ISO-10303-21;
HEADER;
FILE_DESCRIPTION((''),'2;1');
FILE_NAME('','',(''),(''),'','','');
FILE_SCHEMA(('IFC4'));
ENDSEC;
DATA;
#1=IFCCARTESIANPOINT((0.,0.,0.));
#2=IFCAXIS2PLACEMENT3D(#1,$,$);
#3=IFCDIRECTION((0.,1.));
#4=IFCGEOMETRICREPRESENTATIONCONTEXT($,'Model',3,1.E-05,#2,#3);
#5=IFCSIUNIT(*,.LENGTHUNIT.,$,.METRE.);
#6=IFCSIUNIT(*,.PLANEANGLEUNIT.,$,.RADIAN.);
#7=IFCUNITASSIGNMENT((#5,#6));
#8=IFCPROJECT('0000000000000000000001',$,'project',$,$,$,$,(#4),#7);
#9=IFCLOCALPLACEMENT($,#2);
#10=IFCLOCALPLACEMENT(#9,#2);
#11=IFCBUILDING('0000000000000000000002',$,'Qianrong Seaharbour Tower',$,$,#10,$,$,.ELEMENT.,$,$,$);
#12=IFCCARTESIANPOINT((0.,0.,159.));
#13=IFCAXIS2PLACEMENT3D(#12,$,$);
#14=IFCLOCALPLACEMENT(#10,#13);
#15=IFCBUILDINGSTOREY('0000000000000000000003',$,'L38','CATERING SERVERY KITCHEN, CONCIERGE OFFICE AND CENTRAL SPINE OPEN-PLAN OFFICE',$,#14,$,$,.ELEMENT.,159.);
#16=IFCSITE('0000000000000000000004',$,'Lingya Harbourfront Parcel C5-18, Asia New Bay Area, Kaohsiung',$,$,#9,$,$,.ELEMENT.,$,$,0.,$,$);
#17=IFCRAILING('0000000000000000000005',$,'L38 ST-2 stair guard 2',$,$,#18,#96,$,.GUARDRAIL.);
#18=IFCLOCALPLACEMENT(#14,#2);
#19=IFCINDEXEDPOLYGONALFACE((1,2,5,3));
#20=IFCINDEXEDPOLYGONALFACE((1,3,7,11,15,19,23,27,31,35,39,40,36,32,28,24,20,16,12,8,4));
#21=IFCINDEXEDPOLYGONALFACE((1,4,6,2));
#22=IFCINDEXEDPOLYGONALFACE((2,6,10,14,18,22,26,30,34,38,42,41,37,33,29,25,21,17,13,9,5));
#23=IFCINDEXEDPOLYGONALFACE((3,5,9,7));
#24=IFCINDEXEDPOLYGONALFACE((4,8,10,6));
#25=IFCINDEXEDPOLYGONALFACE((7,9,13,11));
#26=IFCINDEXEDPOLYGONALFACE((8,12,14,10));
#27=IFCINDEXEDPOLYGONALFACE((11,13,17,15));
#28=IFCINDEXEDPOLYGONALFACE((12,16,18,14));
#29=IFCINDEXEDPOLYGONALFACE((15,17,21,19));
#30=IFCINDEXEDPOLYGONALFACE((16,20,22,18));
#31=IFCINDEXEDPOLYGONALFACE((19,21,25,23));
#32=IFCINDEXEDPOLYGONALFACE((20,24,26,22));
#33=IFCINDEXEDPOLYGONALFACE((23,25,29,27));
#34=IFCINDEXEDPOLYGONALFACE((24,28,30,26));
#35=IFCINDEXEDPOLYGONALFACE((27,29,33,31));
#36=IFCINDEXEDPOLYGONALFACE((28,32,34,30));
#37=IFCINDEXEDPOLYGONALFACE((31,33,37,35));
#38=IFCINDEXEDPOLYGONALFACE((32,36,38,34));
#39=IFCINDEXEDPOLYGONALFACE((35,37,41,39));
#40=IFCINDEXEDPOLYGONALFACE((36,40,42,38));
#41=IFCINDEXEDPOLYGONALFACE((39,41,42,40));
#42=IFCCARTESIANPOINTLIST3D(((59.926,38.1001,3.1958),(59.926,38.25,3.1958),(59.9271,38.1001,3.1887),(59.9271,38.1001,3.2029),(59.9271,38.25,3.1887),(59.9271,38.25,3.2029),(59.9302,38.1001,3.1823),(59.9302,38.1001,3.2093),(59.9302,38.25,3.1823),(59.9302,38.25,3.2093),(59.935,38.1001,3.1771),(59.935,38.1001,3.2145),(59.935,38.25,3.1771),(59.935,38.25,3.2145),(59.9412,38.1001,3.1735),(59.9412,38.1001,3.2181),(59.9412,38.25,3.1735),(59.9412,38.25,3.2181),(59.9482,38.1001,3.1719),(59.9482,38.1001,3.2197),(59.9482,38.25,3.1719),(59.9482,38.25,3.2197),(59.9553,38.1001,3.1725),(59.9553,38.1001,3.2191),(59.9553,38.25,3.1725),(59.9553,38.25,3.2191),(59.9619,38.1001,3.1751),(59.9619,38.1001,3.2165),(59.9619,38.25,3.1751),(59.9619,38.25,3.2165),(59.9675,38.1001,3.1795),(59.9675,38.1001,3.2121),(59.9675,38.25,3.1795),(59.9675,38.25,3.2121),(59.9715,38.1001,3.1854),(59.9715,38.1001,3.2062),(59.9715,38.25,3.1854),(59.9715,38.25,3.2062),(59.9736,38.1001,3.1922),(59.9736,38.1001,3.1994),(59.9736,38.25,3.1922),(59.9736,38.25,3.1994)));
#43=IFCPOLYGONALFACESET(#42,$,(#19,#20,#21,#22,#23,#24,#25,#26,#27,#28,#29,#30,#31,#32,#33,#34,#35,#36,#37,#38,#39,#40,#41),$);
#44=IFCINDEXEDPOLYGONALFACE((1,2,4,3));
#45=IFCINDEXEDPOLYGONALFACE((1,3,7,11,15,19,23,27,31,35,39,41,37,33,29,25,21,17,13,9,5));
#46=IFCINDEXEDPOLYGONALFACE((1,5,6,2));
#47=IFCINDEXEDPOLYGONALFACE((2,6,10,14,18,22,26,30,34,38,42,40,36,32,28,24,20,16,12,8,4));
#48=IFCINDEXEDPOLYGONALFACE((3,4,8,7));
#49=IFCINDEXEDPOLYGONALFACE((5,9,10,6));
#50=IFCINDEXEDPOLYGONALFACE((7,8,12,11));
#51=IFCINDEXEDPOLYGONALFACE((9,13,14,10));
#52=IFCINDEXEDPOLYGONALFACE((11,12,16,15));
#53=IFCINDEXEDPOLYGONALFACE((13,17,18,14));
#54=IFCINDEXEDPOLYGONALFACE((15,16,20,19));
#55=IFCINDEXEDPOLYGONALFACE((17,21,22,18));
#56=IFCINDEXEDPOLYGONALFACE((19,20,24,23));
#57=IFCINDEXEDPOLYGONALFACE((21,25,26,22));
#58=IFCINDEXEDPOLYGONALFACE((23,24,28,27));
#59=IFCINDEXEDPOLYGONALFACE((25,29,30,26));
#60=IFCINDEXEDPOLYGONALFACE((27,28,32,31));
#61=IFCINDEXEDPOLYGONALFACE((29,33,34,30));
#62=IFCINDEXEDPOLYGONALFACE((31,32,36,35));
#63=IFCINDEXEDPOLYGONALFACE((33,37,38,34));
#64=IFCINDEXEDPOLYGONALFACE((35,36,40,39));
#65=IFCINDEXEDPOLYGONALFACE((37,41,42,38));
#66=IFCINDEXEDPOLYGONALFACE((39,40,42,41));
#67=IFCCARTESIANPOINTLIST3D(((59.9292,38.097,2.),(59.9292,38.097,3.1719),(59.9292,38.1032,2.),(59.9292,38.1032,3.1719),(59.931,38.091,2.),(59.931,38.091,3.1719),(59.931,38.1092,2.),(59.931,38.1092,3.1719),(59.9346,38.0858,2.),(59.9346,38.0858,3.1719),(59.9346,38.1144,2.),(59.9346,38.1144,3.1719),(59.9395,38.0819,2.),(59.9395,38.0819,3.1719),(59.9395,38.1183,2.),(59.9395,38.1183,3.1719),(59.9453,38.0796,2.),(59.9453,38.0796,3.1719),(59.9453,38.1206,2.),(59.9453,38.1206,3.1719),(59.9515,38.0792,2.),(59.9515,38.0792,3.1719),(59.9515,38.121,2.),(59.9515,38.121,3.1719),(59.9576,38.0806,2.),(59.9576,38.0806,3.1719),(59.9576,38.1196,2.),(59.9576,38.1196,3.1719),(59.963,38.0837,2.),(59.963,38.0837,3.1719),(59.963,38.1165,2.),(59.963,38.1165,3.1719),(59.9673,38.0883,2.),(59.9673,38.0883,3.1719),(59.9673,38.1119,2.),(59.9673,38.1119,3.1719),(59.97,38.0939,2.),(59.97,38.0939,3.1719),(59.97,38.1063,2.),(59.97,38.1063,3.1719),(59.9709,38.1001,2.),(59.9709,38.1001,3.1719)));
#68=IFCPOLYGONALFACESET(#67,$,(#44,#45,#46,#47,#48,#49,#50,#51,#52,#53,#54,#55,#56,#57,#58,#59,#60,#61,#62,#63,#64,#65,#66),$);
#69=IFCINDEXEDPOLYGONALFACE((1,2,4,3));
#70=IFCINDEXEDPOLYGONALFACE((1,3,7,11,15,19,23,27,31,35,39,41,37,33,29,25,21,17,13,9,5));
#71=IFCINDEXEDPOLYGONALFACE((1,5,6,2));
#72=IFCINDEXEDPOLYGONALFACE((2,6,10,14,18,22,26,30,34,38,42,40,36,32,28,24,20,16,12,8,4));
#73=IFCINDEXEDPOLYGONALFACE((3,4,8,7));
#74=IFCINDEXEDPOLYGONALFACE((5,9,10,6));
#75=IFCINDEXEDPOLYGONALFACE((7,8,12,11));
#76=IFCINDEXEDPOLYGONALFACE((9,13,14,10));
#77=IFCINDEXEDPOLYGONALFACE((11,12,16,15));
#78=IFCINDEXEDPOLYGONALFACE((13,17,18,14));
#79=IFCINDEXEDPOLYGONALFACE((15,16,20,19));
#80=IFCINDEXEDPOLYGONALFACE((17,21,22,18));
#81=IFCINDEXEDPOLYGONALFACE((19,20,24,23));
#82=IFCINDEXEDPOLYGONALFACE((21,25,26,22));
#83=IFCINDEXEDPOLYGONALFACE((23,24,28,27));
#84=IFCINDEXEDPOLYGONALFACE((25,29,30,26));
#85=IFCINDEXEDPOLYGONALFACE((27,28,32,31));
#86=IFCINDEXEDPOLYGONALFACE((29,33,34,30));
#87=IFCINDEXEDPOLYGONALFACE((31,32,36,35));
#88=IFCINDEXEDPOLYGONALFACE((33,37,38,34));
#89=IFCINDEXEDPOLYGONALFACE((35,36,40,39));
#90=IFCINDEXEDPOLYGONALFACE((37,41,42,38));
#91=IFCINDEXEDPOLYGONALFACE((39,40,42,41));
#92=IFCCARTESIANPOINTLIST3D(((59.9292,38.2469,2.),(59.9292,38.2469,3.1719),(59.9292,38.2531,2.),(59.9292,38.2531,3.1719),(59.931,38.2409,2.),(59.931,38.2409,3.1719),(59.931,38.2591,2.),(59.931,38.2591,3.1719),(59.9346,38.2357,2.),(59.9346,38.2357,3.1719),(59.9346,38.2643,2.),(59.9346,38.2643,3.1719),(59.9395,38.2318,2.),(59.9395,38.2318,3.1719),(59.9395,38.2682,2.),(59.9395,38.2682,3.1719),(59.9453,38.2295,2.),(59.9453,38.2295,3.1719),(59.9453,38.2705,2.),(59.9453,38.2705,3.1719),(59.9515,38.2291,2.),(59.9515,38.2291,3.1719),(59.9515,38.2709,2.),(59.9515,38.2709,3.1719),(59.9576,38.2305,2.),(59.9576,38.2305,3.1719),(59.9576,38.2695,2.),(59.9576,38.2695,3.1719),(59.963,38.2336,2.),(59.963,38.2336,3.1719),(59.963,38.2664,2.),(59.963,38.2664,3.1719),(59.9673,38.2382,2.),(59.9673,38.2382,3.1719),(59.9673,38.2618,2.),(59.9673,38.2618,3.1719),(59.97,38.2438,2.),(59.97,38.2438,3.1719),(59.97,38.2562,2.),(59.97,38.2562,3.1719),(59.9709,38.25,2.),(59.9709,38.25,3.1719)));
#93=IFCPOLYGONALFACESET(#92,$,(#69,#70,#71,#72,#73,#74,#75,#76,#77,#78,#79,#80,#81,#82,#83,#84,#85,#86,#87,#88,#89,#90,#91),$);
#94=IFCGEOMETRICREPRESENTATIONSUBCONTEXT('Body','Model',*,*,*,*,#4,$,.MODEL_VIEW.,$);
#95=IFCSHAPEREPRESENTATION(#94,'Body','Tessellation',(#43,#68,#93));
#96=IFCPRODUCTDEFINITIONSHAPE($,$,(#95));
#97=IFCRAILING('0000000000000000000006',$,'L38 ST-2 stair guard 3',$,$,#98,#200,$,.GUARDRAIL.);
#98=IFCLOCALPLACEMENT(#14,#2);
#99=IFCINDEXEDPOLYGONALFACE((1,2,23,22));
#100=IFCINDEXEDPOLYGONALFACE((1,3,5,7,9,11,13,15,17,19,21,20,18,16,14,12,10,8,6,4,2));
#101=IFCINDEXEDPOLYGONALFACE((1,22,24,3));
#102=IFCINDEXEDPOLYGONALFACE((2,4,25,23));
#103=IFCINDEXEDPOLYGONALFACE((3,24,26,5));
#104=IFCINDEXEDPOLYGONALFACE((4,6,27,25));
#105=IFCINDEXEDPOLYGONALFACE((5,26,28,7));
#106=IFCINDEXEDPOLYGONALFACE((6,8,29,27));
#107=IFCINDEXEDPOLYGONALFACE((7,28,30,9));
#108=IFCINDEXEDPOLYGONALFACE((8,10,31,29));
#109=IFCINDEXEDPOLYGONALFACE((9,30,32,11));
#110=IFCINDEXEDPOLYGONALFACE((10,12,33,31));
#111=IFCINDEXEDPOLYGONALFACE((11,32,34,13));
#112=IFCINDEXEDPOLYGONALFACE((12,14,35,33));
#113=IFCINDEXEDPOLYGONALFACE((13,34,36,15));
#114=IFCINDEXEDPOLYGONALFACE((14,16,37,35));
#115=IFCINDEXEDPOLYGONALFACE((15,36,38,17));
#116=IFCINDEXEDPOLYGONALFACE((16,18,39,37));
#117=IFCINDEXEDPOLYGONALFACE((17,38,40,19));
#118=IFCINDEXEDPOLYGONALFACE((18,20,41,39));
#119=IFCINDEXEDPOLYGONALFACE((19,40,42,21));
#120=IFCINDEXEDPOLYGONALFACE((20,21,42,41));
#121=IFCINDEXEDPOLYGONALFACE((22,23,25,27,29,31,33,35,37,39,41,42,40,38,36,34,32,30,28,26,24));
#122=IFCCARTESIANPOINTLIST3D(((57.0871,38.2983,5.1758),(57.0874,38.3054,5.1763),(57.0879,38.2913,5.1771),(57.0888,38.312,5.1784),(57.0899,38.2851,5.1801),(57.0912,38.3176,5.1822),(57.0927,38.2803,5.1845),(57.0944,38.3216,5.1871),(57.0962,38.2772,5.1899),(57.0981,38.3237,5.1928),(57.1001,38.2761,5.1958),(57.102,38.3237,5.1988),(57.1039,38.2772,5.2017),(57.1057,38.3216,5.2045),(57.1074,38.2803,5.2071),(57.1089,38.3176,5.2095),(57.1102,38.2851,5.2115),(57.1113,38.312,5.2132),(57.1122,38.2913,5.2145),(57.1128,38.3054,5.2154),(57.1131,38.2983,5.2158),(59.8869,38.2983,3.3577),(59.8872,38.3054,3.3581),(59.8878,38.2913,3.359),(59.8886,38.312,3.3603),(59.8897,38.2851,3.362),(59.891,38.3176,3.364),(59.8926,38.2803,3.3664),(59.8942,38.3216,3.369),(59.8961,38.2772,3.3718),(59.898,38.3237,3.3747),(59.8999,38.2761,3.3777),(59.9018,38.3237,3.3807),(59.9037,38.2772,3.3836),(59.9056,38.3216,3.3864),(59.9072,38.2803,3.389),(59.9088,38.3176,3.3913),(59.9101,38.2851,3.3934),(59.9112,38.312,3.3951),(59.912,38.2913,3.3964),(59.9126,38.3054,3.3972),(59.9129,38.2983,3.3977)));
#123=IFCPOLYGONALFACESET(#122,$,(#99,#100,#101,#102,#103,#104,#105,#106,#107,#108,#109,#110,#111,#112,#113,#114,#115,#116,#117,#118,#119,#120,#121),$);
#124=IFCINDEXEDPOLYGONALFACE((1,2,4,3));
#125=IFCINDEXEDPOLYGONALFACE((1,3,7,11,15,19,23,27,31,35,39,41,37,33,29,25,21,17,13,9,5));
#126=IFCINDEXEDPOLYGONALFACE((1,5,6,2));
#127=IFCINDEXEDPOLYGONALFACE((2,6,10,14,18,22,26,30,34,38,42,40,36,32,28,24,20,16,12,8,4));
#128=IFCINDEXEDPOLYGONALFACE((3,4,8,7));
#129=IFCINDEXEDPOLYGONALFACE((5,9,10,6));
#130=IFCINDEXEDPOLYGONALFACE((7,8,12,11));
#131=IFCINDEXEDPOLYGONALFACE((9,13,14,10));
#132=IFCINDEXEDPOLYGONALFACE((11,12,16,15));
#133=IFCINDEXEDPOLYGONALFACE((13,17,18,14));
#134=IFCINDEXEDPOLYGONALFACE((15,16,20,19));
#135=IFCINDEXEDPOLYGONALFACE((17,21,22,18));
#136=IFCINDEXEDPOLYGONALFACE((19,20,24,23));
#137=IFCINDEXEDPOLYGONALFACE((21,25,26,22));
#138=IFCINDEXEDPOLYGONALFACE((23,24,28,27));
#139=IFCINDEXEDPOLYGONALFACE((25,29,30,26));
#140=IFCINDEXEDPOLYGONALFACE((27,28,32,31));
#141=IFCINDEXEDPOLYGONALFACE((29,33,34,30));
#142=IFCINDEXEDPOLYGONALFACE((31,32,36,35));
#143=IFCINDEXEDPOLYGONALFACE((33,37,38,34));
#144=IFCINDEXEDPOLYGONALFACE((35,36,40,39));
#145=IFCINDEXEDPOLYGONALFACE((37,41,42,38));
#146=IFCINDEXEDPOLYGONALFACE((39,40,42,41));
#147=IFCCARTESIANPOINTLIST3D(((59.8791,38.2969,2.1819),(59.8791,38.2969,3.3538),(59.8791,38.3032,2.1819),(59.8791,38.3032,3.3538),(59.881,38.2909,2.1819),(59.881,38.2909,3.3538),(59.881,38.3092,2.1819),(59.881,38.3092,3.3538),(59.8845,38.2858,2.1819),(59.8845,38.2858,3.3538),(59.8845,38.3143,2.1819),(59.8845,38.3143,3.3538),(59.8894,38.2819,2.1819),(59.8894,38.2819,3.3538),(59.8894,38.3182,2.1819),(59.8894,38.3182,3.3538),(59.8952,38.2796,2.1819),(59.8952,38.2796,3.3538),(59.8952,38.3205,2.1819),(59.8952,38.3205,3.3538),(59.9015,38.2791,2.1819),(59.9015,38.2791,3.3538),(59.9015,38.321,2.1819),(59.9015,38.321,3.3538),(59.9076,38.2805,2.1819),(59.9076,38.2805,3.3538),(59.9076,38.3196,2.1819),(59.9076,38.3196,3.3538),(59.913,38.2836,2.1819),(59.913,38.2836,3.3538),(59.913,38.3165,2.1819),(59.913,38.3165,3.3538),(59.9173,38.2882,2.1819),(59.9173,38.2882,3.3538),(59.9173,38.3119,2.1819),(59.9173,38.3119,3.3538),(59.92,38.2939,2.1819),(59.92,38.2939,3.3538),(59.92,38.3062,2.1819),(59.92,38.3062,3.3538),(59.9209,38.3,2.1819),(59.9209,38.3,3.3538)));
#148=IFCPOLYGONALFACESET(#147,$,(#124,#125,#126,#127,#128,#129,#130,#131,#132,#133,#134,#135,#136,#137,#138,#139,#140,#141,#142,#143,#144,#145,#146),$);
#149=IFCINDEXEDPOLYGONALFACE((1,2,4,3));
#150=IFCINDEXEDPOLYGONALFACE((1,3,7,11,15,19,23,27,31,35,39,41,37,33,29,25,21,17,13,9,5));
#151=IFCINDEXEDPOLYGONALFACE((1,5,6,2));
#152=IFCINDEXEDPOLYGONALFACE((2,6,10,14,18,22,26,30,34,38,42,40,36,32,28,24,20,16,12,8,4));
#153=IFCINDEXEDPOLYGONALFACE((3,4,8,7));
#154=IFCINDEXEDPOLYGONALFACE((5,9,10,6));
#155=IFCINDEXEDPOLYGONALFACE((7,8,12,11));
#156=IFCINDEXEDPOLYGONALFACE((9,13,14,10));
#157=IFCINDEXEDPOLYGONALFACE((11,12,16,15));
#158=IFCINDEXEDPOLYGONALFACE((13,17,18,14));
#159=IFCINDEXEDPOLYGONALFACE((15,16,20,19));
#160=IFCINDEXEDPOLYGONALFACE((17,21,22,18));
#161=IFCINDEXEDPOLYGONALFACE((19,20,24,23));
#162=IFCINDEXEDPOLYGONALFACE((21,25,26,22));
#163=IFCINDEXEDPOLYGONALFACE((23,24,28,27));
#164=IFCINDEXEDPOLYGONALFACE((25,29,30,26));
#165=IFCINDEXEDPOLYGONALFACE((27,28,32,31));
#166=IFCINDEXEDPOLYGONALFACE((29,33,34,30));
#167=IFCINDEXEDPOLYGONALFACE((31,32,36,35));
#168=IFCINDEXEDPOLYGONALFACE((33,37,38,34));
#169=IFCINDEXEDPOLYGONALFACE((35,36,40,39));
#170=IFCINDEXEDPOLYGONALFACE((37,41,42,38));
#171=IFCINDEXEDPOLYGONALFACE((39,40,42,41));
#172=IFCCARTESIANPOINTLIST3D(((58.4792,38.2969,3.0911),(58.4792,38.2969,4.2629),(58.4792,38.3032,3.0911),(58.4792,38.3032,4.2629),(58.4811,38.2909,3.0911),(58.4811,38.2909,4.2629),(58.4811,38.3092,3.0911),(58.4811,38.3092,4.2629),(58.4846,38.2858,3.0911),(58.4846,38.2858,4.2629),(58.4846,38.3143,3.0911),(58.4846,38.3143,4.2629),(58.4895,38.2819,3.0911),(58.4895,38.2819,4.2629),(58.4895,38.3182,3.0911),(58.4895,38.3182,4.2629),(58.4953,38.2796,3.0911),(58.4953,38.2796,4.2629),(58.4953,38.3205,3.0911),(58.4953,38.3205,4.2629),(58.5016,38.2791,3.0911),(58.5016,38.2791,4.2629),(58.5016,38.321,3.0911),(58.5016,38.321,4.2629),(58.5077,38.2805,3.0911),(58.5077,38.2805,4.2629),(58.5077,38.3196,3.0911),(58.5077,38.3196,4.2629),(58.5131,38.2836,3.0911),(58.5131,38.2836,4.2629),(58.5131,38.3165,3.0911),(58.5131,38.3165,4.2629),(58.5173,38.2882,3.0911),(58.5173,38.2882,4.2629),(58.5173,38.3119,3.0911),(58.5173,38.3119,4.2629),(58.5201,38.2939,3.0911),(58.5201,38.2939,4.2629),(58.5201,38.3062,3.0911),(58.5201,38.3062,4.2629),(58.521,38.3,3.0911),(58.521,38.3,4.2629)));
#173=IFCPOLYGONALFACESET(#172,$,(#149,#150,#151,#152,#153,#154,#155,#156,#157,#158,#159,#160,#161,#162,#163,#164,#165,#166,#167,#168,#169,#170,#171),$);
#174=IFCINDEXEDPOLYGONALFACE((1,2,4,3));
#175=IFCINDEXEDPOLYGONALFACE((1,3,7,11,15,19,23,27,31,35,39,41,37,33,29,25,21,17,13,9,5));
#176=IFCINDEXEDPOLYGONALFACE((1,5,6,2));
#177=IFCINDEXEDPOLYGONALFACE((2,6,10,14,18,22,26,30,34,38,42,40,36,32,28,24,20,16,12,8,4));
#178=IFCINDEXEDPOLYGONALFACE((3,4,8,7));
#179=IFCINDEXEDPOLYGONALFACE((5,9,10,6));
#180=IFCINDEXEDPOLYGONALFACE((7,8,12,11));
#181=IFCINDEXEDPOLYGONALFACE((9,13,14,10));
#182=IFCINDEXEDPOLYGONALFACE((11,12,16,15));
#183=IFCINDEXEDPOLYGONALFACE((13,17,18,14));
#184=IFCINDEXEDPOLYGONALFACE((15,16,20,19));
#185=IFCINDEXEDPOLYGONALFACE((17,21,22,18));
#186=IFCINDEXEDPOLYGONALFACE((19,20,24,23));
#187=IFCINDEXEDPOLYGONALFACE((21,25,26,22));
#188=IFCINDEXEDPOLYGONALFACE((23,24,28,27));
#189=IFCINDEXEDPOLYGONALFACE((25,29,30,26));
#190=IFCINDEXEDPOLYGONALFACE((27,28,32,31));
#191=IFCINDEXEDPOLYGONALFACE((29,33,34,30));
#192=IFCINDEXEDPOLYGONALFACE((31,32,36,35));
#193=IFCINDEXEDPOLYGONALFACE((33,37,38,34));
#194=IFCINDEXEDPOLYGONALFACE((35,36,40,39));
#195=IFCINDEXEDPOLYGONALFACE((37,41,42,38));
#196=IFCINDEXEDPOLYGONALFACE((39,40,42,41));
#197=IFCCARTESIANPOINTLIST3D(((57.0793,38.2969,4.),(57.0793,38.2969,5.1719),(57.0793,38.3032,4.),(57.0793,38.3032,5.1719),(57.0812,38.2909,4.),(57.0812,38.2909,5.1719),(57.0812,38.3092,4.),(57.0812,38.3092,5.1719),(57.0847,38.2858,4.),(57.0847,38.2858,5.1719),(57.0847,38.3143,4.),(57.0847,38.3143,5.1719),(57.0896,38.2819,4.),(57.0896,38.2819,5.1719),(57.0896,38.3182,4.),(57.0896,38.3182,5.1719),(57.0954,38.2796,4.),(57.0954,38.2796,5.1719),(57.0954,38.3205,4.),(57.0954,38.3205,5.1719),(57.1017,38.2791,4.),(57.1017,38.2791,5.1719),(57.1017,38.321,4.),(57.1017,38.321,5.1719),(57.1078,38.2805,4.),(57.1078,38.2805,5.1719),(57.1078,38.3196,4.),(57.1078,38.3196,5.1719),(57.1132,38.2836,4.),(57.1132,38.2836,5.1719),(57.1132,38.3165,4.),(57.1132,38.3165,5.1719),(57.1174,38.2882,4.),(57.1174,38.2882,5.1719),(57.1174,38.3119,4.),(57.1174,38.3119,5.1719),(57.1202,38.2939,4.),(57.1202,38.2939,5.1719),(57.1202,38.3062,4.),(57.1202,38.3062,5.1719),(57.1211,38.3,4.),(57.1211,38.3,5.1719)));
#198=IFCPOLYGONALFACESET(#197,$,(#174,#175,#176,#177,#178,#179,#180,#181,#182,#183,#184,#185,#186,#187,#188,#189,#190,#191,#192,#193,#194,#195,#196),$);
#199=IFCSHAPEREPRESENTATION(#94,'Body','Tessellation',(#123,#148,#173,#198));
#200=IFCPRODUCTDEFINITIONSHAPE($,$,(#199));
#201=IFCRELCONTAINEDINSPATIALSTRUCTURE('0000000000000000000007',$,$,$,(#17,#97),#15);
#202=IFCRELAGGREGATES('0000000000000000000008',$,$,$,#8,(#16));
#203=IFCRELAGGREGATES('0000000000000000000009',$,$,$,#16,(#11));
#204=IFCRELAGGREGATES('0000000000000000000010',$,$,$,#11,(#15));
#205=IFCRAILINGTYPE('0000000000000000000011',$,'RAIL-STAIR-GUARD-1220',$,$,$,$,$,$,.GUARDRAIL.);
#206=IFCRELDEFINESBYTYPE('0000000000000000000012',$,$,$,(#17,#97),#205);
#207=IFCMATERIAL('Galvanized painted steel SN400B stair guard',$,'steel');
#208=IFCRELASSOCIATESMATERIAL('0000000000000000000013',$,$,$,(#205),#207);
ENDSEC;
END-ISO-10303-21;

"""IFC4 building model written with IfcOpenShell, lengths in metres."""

from ifc_helpers import new_model, si_unit, direction, frame, origin, origin_2d, place, context, subcontext, project, spatial, circle, extrude, material, type_object, element, save


model = new_model("IFC4")

# Units and contexts
model_context = context("Model", 3, precision=1e-05, world=origin(), true_north=direction((0.0, 1.0)))
body_context = subcontext(model_context, "Body", "Model", "MODEL_VIEW")
ifc_project = project(units=[si_unit("LENGTHUNIT", "METRE"), si_unit("PLANEANGLEUNIT", "RADIAN")], contexts=[model_context])

# Site, building, storey
site_placement = place(None, origin())
site = spatial("IfcSite", under=ifc_project, at=site_placement, Name="Lingya Harbourfront Parcel C5-18, Asia New Bay Area, Kaohsiung", CompositionType="ELEMENT", RefElevation=0.0)
building_placement = place(site_placement, origin())
building = spatial("IfcBuilding", under=site, at=building_placement, Name="Qianrong Seaharbour Tower", CompositionType="ELEMENT")
storey_placement = place(building_placement, frame((0.0, 0.0, 159.0)))
storey = spatial("IfcBuildingStorey", under=building, at=storey_placement, Name="L38", Description="CATERING SERVERY KITCHEN, CONCIERGE OFFICE AND CENTRAL SPINE OPEN-PLAN OFFICE", CompositionType="ELEMENT", Elevation=159.0)

# Railings
ifc_material_1 = material(Name="Galvanized painted steel SN400B stair guard", Category="steel")
railing_type_1 = type_object("IfcRailingType", Name="RAIL-STAIR-GUARD-1220", PredefinedType="GUARDRAIL", material=ifc_material_1)
railing_1_placement = place(storey_placement, frame((59.95, 38.1001, 2.0)))
element("IfcRailing", 1, at=railing_1_placement, inside=storey, type_object=railing_type_1, Name="L38 ST-2 stair guard 2", PredefinedType="GUARDRAIL", context=body_context, shape_type="SweptSolid", body=[
    extrude(circle(Radius=0.0239, at=origin_2d()), frame((0.0, 0.0, 1.1958), z_axis=(0.0, 1.0, 0.0), x_axis=(-1.0, 0.0, 0.0)), (0.0, 0.0, 1.0), 0.1499),
    extrude(circle(Radius=0.021, at=origin_2d()), origin(), (0.0, 0.0, 1.0), 1.1719),
    extrude(circle(Radius=0.021, at=origin_2d()), frame((0.0, 0.1499, 0.0)), (0.0, 0.0, 1.0), 1.1719),
])
railing_2_placement = place(storey_placement, frame((59.8999, 38.3, 2.1819)))
element("IfcRailing", 2, at=railing_2_placement, inside=storey, type_object=railing_type_1, Name="L38 ST-2 stair guard 3", PredefinedType="GUARDRAIL", context=body_context, shape_type="SweptSolid", body=[
    extrude(circle(Radius=0.0239, at=origin_2d()), frame((0.0, 0.0, 1.1958), z_axis=(-0.838684, 0.0, 0.544618), x_axis=(0.0, -1.0, 0.0)), (0.0, 0.0, 1.0), 3.3384),
    extrude(circle(Radius=0.021, at=origin_2d()), origin(), (0.0, 0.0, 1.0), 1.1719),
    extrude(circle(Radius=0.021, at=origin_2d()), frame((-1.3999, 0.0, 0.9092)), (0.0, 0.0, 1.0), 1.1719),
    extrude(circle(Radius=0.021, at=origin_2d()), frame((-2.7998, 0.0, 1.8181)), (0.0, 0.0, 1.0), 1.1719),
])

save(model, "model.ifc")
